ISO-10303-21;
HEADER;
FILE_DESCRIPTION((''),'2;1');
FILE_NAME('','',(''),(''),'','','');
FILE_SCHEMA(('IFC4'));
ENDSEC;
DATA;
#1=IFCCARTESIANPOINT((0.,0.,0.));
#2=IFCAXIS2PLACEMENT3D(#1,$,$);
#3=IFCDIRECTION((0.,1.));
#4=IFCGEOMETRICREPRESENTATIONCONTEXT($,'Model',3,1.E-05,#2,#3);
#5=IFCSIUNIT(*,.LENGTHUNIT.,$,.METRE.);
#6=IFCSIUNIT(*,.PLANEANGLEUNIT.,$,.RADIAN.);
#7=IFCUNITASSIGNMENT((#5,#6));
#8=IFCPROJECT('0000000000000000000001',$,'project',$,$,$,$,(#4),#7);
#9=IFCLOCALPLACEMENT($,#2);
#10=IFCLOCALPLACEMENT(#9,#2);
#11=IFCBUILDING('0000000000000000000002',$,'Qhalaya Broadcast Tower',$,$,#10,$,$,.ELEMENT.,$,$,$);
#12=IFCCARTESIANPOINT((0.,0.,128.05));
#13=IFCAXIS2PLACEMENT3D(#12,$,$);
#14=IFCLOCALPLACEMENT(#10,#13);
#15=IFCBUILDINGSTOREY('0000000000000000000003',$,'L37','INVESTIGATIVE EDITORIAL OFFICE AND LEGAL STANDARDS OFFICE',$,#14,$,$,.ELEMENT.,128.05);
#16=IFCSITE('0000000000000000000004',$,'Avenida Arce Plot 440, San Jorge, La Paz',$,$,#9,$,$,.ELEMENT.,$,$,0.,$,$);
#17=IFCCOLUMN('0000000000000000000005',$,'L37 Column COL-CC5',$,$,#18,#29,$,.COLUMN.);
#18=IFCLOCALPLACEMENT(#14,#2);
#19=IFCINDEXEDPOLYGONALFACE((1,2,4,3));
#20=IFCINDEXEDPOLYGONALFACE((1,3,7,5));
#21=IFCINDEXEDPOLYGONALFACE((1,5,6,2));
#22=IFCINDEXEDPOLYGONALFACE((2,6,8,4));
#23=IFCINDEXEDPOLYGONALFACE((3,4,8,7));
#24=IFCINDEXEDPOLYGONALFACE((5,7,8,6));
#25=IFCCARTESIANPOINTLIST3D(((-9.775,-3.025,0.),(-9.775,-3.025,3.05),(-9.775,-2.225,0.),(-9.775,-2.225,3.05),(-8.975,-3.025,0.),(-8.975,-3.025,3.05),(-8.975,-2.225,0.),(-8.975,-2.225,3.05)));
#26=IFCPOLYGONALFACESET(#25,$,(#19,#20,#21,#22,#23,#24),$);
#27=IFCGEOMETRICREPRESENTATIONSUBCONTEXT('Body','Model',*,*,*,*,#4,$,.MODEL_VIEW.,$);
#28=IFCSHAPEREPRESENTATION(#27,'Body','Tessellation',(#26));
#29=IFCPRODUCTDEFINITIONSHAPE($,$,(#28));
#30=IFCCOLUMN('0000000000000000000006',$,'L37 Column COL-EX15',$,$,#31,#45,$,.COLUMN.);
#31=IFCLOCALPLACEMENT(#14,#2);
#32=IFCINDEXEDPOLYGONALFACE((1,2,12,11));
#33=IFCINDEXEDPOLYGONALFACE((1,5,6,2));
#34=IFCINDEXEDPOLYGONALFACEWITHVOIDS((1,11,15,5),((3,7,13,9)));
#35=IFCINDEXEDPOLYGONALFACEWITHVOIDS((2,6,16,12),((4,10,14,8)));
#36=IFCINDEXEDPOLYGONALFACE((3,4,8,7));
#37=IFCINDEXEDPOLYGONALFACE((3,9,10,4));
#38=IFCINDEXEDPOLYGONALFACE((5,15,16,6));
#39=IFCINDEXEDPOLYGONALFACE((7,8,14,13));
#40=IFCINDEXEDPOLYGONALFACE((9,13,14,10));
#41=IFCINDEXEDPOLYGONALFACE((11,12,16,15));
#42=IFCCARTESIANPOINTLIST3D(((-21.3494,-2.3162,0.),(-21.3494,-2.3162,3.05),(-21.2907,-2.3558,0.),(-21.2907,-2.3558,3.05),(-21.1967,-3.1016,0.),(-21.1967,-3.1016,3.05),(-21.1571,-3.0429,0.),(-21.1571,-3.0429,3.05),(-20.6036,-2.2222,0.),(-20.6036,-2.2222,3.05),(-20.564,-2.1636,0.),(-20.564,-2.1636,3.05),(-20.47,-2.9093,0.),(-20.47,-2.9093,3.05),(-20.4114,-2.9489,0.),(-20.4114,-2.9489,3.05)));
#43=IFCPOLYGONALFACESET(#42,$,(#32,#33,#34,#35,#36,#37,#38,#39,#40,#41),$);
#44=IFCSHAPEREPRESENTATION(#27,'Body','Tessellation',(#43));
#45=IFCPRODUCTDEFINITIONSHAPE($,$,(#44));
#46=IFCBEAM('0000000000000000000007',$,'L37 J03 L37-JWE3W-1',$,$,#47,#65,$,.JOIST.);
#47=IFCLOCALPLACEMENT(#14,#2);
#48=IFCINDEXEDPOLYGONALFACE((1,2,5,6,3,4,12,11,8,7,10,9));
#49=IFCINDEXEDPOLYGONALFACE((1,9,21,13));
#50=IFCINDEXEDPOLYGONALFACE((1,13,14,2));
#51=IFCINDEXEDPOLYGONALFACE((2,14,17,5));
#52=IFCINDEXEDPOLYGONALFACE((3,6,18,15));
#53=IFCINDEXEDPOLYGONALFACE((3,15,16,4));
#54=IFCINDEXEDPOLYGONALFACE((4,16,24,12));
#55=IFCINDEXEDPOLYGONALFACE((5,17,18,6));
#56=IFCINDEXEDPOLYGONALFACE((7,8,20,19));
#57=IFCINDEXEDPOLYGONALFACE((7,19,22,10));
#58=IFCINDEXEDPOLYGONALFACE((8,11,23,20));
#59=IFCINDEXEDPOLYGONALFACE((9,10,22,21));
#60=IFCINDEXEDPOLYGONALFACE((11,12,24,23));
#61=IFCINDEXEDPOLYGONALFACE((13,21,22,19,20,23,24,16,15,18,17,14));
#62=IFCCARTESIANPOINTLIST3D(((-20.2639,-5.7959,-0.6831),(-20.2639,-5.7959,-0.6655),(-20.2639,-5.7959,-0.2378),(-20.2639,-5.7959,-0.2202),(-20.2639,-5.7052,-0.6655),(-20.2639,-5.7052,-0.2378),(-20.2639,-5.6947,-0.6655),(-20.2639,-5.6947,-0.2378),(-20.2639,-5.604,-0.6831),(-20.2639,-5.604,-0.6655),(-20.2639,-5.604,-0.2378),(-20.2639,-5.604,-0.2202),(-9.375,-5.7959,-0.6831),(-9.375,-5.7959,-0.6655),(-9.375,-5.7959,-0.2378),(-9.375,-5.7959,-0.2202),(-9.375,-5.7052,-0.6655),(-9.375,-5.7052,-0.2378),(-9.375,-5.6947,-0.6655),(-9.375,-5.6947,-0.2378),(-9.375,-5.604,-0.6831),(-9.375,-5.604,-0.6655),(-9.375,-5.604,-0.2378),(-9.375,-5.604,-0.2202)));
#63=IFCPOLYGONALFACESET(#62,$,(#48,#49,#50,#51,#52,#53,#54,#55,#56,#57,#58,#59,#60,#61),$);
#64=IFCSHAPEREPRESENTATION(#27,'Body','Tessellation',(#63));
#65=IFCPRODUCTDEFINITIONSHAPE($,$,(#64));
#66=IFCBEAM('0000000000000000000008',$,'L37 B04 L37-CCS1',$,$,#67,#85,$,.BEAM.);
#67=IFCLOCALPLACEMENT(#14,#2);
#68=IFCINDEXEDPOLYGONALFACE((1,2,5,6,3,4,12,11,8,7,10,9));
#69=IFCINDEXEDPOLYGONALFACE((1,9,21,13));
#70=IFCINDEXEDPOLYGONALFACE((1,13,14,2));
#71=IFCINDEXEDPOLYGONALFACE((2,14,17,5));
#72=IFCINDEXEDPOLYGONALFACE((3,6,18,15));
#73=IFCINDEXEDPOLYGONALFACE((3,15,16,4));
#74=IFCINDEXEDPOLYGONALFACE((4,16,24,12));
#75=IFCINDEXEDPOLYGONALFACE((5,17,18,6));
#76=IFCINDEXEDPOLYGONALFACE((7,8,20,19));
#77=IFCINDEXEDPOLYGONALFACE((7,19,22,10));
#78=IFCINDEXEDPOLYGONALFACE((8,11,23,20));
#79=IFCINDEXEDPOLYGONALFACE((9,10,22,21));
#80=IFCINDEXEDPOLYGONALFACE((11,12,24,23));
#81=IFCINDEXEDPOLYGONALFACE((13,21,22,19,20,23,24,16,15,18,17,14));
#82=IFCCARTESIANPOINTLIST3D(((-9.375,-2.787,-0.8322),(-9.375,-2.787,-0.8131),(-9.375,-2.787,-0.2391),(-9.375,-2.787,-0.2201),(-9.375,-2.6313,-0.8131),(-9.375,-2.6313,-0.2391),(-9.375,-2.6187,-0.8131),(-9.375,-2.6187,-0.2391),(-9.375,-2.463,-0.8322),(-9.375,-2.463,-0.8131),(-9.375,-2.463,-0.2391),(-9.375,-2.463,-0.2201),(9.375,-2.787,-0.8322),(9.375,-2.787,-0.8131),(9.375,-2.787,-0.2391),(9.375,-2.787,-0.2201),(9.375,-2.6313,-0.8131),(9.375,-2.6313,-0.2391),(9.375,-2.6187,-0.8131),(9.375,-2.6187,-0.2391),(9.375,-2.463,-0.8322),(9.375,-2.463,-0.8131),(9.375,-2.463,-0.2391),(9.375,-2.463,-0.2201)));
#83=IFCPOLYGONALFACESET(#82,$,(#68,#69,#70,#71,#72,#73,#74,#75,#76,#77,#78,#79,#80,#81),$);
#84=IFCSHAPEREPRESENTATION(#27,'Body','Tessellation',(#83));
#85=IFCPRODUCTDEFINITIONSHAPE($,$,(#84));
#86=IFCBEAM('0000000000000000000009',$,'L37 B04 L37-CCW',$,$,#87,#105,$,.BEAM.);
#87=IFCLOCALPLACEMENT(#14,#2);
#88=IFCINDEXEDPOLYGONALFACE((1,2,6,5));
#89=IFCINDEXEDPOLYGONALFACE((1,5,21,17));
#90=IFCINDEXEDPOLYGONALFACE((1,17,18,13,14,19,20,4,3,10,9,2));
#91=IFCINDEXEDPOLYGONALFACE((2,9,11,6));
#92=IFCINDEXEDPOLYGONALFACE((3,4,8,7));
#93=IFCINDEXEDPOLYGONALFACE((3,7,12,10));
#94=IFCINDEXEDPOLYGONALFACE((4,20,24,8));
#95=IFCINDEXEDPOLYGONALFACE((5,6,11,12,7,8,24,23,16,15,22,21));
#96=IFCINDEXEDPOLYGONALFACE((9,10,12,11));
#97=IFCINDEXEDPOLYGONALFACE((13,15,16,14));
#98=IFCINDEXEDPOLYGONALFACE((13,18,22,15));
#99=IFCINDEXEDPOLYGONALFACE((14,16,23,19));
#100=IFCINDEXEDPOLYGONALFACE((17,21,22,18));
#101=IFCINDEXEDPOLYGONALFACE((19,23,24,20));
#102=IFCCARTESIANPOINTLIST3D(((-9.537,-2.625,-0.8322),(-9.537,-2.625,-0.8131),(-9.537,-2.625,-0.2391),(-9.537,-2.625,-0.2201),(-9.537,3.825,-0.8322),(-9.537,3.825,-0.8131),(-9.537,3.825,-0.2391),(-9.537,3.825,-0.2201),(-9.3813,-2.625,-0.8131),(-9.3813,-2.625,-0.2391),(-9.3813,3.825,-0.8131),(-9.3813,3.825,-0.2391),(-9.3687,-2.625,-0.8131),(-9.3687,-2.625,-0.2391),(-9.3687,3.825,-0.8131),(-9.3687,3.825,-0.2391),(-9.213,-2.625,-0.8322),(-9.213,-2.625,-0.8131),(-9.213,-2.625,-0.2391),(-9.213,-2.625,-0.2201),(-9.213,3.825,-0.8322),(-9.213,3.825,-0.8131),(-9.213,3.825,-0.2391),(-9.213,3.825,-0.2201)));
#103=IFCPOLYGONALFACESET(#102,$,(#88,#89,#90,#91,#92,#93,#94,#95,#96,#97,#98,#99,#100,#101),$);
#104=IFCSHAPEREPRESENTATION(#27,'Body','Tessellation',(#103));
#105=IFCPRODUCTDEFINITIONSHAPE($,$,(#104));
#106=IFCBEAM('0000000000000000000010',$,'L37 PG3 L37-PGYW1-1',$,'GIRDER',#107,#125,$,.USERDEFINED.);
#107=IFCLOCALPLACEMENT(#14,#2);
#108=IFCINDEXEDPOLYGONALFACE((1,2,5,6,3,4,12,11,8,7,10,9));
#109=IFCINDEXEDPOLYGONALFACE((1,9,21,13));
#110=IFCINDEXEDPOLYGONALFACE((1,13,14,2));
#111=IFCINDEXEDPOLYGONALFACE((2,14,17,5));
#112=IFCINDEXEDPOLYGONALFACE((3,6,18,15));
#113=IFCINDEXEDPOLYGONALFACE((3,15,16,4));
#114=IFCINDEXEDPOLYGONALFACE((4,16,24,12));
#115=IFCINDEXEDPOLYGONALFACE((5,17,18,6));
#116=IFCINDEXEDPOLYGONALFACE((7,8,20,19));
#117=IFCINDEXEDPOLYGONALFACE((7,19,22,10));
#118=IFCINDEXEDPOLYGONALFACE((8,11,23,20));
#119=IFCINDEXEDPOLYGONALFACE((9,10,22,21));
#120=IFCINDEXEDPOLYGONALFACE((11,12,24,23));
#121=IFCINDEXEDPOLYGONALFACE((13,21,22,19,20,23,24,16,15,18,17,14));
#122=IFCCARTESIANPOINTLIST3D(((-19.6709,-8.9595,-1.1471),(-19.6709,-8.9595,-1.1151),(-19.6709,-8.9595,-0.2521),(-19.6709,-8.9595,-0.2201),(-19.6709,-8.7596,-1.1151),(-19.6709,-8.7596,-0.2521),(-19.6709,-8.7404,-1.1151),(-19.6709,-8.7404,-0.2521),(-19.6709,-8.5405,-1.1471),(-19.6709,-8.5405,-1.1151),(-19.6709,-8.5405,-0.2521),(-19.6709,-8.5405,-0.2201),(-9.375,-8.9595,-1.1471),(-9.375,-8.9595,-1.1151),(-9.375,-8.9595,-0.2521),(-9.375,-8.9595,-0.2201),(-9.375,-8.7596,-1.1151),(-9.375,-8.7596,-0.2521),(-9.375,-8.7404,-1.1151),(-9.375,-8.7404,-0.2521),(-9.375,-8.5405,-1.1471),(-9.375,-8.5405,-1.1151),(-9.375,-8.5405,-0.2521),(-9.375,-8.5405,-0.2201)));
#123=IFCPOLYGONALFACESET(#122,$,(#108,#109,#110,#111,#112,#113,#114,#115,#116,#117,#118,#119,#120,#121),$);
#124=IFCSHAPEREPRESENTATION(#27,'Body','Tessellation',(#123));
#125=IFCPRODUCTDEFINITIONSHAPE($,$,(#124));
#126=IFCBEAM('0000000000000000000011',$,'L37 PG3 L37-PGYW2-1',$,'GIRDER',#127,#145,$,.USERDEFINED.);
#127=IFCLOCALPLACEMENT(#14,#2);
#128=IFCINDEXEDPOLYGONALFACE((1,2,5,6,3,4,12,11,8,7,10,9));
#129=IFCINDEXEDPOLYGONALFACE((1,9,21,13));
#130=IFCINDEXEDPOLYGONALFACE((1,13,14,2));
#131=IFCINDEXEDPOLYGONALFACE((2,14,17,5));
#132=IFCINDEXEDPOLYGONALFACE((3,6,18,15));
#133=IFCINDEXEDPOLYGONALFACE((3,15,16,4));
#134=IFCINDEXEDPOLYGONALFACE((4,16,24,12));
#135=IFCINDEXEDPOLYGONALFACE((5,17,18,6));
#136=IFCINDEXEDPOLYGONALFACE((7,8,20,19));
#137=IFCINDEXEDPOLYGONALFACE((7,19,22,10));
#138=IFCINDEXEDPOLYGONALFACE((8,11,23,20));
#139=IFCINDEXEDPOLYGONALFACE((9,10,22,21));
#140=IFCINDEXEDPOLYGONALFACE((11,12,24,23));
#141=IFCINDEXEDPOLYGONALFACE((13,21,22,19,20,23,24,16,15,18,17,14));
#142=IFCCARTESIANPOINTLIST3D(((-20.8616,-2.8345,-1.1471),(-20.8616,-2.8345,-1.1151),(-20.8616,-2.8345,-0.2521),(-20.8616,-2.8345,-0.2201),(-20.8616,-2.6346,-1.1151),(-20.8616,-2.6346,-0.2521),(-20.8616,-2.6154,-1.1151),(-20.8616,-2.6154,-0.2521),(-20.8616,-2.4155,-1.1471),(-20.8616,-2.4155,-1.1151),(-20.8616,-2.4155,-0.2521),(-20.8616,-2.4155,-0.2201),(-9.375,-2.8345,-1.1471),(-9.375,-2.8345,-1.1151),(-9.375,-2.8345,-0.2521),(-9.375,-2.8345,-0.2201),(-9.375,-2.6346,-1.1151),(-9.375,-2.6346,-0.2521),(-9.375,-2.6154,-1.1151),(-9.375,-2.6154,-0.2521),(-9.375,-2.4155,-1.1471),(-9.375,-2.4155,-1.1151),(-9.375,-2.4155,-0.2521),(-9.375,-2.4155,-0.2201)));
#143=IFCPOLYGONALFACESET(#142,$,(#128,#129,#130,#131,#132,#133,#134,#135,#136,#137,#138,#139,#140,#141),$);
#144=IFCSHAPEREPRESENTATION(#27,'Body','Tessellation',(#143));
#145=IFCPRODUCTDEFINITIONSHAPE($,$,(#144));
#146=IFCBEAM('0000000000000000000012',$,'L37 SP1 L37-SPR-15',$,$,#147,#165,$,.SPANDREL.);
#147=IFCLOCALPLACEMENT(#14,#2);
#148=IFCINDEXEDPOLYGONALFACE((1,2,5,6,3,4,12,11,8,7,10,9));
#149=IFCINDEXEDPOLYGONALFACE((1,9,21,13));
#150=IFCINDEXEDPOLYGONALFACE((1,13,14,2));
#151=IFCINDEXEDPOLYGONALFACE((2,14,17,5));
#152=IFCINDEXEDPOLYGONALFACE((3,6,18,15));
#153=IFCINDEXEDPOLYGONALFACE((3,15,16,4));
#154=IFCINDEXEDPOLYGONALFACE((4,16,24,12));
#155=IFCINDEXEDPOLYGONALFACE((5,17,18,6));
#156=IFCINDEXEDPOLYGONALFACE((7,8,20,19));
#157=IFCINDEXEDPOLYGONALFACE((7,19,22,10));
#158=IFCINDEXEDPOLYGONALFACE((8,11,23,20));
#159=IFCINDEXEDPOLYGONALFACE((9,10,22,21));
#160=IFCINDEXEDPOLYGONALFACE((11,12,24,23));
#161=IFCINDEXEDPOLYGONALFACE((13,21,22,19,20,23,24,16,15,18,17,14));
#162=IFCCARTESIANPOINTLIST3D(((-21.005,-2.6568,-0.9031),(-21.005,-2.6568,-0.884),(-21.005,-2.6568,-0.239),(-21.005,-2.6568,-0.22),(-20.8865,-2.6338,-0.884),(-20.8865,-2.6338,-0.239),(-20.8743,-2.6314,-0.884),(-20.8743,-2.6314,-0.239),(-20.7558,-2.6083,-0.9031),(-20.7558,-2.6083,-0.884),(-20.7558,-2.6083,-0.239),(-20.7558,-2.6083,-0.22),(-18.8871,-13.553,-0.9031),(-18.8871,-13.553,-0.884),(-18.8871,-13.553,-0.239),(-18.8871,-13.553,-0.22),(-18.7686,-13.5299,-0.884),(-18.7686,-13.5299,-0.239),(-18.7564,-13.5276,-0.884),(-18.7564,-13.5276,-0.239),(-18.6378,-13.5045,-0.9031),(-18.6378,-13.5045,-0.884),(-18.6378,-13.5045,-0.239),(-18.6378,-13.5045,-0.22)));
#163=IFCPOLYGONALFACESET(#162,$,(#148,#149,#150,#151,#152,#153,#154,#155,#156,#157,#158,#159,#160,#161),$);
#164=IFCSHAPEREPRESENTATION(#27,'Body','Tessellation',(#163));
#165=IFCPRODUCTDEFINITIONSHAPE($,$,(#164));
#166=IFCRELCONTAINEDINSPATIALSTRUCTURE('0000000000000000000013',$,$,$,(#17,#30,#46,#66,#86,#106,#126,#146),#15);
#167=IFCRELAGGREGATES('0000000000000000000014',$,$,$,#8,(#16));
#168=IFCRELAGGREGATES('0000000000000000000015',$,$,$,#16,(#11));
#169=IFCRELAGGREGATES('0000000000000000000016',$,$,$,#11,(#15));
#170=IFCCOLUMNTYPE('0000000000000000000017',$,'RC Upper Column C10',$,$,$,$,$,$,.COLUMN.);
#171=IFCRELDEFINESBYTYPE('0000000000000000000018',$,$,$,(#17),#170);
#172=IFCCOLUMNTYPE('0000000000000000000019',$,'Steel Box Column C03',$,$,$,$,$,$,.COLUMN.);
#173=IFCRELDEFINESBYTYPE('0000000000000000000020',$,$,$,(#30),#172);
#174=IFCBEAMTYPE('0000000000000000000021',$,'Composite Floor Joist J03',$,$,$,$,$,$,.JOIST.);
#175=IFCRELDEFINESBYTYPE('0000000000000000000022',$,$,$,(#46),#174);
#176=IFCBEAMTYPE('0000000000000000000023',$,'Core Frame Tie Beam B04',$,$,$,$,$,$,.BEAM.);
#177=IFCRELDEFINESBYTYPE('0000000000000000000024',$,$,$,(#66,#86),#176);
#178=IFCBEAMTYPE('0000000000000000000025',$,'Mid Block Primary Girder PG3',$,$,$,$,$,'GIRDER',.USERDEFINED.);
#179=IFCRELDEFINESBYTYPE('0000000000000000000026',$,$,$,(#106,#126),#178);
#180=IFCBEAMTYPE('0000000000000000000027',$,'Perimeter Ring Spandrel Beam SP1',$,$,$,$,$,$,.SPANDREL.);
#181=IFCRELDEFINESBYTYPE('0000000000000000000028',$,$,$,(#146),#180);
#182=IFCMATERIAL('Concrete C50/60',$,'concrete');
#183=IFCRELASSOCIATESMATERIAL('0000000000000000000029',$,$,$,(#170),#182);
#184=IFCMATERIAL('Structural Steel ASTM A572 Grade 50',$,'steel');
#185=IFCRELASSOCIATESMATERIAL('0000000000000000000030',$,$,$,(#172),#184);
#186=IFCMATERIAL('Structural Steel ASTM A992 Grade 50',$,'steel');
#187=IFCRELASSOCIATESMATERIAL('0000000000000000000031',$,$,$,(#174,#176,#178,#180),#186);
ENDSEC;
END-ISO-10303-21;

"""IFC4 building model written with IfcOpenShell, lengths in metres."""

from ifc_helpers import new_model, si_unit, direction, frame, origin, origin_2d, place, context, subcontext, project, spatial, rectangle, hollow_rectangle, i_section, extrude, material, material_profile, profile_set, type_object, element, save


model = new_model("IFC4")

# Units and contexts
model_context = context("Model", 3, precision=1e-05, world=origin(), true_north=direction((0.0, 1.0)))
body_context = subcontext(model_context, "Body", "Model", "MODEL_VIEW")
ifc_project = project(units=[si_unit("LENGTHUNIT", "METRE"), si_unit("PLANEANGLEUNIT", "RADIAN")], contexts=[model_context])

# Site, building, storey
site_placement = place(None, origin())
site = spatial("IfcSite", under=ifc_project, at=site_placement, Name="Avenida Arce Plot 440, San Jorge, La Paz", CompositionType="ELEMENT", RefElevation=0.0)
building_placement = place(site_placement, origin())
building = spatial("IfcBuilding", under=site, at=building_placement, Name="Qhalaya Broadcast Tower", CompositionType="ELEMENT")
storey_placement = place(building_placement, frame((0.0, 0.0, 128.05)))
storey = spatial("IfcBuildingStorey", under=building, at=storey_placement, Name="L37", Description="INVESTIGATIVE EDITORIAL OFFICE AND LEGAL STANDARDS OFFICE", CompositionType="ELEMENT", Elevation=128.05)

# Columns
ifc_material_1 = material(Name="Concrete C50/60", Category="concrete")
ifc_material_profile_1 = material_profile(ifc_material_1, rectangle(XDim=0.8, YDim=0.8, at=origin_2d()), Name="RC-COL 800x800")
ifc_profile_set_1 = profile_set([ifc_material_profile_1], Name="Concrete C50/60")
column_type_1 = type_object("IfcColumnType", Name="RC Upper Column C10", PredefinedType="COLUMN", material=ifc_profile_set_1)
column_1_placement = place(storey_placement, frame((-9.375, -2.625, 0.0), z_axis=(0.0, 0.0, 1.0), x_axis=(1.0, 0.0, 0.0)))
element("IfcColumn", 1, at=column_1_placement, inside=storey, type_object=column_type_1, Name="L37 Column COL-CC5", PredefinedType="COLUMN", context=body_context, shape_type="SweptSolid", body=[
    extrude(rectangle(XDim=0.8, YDim=0.8, at=origin_2d()), origin(), (0.0, 0.0, 1.0), 3.05),
])
ifc_material_2 = material(Name="Structural Steel ASTM A572 Grade 50", Category="steel")
ifc_material_profile_2 = material_profile(ifc_material_2, hollow_rectangle(XDim=0.8, YDim=0.8, WallThickness=0.05, at=origin_2d()), Name="BOX 800x800x50")
ifc_profile_set_2 = profile_set([ifc_material_profile_2], Name="Structural Steel ASTM A572 Grade 50")
column_type_2 = type_object("IfcColumnType", Name="Steel Box Column C03", PredefinedType="COLUMN", material=ifc_profile_set_2)
column_2_placement = place(storey_placement, frame((-20.8804, -2.6326, 0.0), z_axis=(0.0, 0.0, 1.0), x_axis=(-0.190809, 0.981627, 0.0)))
element("IfcColumn", 2, at=column_2_placement, inside=storey, type_object=column_type_2, Name="L37 Column COL-EX15", PredefinedType="COLUMN", context=body_context, shape_type="SweptSolid", body=[
    extrude(hollow_rectangle(XDim=0.8, YDim=0.8, WallThickness=0.05, at=origin_2d()), origin(), (0.0, 0.0, 1.0), 3.05),
])

# Beams
ifc_material_3 = material(Name="Structural Steel ASTM A992 Grade 50", Category="steel")
ifc_material_profile_3 = material_profile(ifc_material_3, i_section(OverallWidth=0.1919, OverallDepth=0.4629, WebThickness=0.0105, FlangeThickness=0.0176, at=origin_2d()), Name="W18X60")
ifc_profile_set_3 = profile_set([ifc_material_profile_3], Name="Structural Steel ASTM A992 Grade 50")
beam_type_1 = type_object("IfcBeamType", Name="Composite Floor Joist J03", PredefinedType="JOIST", material=ifc_profile_set_3)
beam_1_placement = place(storey_placement, frame((-20.2639, -5.7, -0.4517), z_axis=(1.0, 0.0, 0.0), x_axis=(0.0, 1.0, 0.0)))
element("IfcBeam", 3, at=beam_1_placement, inside=storey, type_object=beam_type_1, Name="L37 J03 L37-JWE3W-1", PredefinedType="JOIST", context=body_context, shape_type="SweptSolid", body=[
    extrude(i_section(OverallWidth=0.1919, OverallDepth=0.4629, WebThickness=0.0105, FlangeThickness=0.0176, at=origin_2d()), origin(), (0.0, 0.0, 1.0), 10.8889),
])
ifc_material_profile_4 = material_profile(ifc_material_3, i_section(OverallWidth=0.324, OverallDepth=0.6121, WebThickness=0.0127, FlangeThickness=0.019, at=origin_2d()), Name="W24X104")
ifc_profile_set_4 = profile_set([ifc_material_profile_4], Name="Structural Steel ASTM A992 Grade 50")
beam_type_2 = type_object("IfcBeamType", Name="Core Frame Tie Beam B04", PredefinedType="BEAM", material=ifc_profile_set_4)
beam_2_placement = place(storey_placement, frame((-9.375, -2.625, -0.5261), z_axis=(1.0, 0.0, 0.0), x_axis=(0.0, 1.0, 0.0)))
element("IfcBeam", 4, at=beam_2_placement, inside=storey, type_object=beam_type_2, Name="L37 B04 L37-CCS1", PredefinedType="BEAM", context=body_context, shape_type="SweptSolid", body=[
    extrude(i_section(OverallWidth=0.324, OverallDepth=0.6121, WebThickness=0.0127, FlangeThickness=0.019, at=origin_2d()), origin(), (0.0, 0.0, 1.0), 18.75),
])
beam_3_placement = place(storey_placement, frame((-9.375, -2.625, -0.5261), z_axis=(0.0, 1.0, 0.0), x_axis=(-1.0, 0.0, 0.0)))
element("IfcBeam", 5, at=beam_3_placement, inside=storey, type_object=beam_type_2, Name="L37 B04 L37-CCW", PredefinedType="BEAM", context=body_context, shape_type="SweptSolid", body=[
    extrude(i_section(OverallWidth=0.324, OverallDepth=0.6121, WebThickness=0.0127, FlangeThickness=0.019, at=origin_2d()), origin(), (0.0, 0.0, 1.0), 6.45),
])
ifc_material_profile_5 = material_profile(ifc_material_3, i_section(OverallWidth=0.4189, OverallDepth=0.927, WebThickness=0.0193, FlangeThickness=0.032, at=origin_2d()), Name="W36X231")
ifc_profile_set_5 = profile_set([ifc_material_profile_5], Name="Structural Steel ASTM A992 Grade 50")
beam_type_3 = type_object("IfcBeamType", Name="Mid Block Primary Girder PG3", ElementType="GIRDER", PredefinedType="USERDEFINED", material=ifc_profile_set_5)
beam_4_placement = place(storey_placement, frame((-19.6709, -8.75, -0.6836), z_axis=(1.0, 0.0, 0.0), x_axis=(0.0, 1.0, 0.0)))
element("IfcBeam", 6, at=beam_4_placement, inside=storey, type_object=beam_type_3, Name="L37 PG3 L37-PGYW1-1", ObjectType="GIRDER", PredefinedType="USERDEFINED", context=body_context, shape_type="SweptSolid", body=[
    extrude(i_section(OverallWidth=0.4189, OverallDepth=0.927, WebThickness=0.0193, FlangeThickness=0.032, at=origin_2d()), origin(), (0.0, 0.0, 1.0), 10.2959),
])
beam_5_placement = place(storey_placement, frame((-20.8616, -2.625, -0.6836), z_axis=(1.0, 0.0, 0.0), x_axis=(0.0, 1.0, 0.0)))
element("IfcBeam", 7, at=beam_5_placement, inside=storey, type_object=beam_type_3, Name="L37 PG3 L37-PGYW2-1", ObjectType="GIRDER", PredefinedType="USERDEFINED", context=body_context, shape_type="SweptSolid", body=[
    extrude(i_section(OverallWidth=0.4189, OverallDepth=0.927, WebThickness=0.0193, FlangeThickness=0.032, at=origin_2d()), origin(), (0.0, 0.0, 1.0), 11.4866),
])
ifc_material_profile_6 = material_profile(ifc_material_3, i_section(OverallWidth=0.2539, OverallDepth=0.6831, WebThickness=0.0125, FlangeThickness=0.019, at=origin_2d()), Name="W27X94")
ifc_profile_set_6 = profile_set([ifc_material_profile_6], Name="Structural Steel ASTM A992 Grade 50")
beam_type_4 = type_object("IfcBeamType", Name="Perimeter Ring Spandrel Beam SP1", PredefinedType="SPANDREL", material=ifc_profile_set_6)
beam_6_placement = place(storey_placement, frame((-20.8804, -2.6326, -0.5615), z_axis=(0.190801, -0.981629, 0.0), x_axis=(0.981629, 0.190801, 0.0)))
element("IfcBeam", 8, at=beam_6_placement, inside=storey, type_object=beam_type_4, Name="L37 SP1 L37-SPR-15", PredefinedType="SPANDREL", context=body_context, shape_type="SweptSolid", body=[
    extrude(i_section(OverallWidth=0.2539, OverallDepth=0.6831, WebThickness=0.0125, FlangeThickness=0.019, at=origin_2d()), origin(), (0.0, 0.0, 1.0), 11.1001),
])

save(model, "model.ifc")
